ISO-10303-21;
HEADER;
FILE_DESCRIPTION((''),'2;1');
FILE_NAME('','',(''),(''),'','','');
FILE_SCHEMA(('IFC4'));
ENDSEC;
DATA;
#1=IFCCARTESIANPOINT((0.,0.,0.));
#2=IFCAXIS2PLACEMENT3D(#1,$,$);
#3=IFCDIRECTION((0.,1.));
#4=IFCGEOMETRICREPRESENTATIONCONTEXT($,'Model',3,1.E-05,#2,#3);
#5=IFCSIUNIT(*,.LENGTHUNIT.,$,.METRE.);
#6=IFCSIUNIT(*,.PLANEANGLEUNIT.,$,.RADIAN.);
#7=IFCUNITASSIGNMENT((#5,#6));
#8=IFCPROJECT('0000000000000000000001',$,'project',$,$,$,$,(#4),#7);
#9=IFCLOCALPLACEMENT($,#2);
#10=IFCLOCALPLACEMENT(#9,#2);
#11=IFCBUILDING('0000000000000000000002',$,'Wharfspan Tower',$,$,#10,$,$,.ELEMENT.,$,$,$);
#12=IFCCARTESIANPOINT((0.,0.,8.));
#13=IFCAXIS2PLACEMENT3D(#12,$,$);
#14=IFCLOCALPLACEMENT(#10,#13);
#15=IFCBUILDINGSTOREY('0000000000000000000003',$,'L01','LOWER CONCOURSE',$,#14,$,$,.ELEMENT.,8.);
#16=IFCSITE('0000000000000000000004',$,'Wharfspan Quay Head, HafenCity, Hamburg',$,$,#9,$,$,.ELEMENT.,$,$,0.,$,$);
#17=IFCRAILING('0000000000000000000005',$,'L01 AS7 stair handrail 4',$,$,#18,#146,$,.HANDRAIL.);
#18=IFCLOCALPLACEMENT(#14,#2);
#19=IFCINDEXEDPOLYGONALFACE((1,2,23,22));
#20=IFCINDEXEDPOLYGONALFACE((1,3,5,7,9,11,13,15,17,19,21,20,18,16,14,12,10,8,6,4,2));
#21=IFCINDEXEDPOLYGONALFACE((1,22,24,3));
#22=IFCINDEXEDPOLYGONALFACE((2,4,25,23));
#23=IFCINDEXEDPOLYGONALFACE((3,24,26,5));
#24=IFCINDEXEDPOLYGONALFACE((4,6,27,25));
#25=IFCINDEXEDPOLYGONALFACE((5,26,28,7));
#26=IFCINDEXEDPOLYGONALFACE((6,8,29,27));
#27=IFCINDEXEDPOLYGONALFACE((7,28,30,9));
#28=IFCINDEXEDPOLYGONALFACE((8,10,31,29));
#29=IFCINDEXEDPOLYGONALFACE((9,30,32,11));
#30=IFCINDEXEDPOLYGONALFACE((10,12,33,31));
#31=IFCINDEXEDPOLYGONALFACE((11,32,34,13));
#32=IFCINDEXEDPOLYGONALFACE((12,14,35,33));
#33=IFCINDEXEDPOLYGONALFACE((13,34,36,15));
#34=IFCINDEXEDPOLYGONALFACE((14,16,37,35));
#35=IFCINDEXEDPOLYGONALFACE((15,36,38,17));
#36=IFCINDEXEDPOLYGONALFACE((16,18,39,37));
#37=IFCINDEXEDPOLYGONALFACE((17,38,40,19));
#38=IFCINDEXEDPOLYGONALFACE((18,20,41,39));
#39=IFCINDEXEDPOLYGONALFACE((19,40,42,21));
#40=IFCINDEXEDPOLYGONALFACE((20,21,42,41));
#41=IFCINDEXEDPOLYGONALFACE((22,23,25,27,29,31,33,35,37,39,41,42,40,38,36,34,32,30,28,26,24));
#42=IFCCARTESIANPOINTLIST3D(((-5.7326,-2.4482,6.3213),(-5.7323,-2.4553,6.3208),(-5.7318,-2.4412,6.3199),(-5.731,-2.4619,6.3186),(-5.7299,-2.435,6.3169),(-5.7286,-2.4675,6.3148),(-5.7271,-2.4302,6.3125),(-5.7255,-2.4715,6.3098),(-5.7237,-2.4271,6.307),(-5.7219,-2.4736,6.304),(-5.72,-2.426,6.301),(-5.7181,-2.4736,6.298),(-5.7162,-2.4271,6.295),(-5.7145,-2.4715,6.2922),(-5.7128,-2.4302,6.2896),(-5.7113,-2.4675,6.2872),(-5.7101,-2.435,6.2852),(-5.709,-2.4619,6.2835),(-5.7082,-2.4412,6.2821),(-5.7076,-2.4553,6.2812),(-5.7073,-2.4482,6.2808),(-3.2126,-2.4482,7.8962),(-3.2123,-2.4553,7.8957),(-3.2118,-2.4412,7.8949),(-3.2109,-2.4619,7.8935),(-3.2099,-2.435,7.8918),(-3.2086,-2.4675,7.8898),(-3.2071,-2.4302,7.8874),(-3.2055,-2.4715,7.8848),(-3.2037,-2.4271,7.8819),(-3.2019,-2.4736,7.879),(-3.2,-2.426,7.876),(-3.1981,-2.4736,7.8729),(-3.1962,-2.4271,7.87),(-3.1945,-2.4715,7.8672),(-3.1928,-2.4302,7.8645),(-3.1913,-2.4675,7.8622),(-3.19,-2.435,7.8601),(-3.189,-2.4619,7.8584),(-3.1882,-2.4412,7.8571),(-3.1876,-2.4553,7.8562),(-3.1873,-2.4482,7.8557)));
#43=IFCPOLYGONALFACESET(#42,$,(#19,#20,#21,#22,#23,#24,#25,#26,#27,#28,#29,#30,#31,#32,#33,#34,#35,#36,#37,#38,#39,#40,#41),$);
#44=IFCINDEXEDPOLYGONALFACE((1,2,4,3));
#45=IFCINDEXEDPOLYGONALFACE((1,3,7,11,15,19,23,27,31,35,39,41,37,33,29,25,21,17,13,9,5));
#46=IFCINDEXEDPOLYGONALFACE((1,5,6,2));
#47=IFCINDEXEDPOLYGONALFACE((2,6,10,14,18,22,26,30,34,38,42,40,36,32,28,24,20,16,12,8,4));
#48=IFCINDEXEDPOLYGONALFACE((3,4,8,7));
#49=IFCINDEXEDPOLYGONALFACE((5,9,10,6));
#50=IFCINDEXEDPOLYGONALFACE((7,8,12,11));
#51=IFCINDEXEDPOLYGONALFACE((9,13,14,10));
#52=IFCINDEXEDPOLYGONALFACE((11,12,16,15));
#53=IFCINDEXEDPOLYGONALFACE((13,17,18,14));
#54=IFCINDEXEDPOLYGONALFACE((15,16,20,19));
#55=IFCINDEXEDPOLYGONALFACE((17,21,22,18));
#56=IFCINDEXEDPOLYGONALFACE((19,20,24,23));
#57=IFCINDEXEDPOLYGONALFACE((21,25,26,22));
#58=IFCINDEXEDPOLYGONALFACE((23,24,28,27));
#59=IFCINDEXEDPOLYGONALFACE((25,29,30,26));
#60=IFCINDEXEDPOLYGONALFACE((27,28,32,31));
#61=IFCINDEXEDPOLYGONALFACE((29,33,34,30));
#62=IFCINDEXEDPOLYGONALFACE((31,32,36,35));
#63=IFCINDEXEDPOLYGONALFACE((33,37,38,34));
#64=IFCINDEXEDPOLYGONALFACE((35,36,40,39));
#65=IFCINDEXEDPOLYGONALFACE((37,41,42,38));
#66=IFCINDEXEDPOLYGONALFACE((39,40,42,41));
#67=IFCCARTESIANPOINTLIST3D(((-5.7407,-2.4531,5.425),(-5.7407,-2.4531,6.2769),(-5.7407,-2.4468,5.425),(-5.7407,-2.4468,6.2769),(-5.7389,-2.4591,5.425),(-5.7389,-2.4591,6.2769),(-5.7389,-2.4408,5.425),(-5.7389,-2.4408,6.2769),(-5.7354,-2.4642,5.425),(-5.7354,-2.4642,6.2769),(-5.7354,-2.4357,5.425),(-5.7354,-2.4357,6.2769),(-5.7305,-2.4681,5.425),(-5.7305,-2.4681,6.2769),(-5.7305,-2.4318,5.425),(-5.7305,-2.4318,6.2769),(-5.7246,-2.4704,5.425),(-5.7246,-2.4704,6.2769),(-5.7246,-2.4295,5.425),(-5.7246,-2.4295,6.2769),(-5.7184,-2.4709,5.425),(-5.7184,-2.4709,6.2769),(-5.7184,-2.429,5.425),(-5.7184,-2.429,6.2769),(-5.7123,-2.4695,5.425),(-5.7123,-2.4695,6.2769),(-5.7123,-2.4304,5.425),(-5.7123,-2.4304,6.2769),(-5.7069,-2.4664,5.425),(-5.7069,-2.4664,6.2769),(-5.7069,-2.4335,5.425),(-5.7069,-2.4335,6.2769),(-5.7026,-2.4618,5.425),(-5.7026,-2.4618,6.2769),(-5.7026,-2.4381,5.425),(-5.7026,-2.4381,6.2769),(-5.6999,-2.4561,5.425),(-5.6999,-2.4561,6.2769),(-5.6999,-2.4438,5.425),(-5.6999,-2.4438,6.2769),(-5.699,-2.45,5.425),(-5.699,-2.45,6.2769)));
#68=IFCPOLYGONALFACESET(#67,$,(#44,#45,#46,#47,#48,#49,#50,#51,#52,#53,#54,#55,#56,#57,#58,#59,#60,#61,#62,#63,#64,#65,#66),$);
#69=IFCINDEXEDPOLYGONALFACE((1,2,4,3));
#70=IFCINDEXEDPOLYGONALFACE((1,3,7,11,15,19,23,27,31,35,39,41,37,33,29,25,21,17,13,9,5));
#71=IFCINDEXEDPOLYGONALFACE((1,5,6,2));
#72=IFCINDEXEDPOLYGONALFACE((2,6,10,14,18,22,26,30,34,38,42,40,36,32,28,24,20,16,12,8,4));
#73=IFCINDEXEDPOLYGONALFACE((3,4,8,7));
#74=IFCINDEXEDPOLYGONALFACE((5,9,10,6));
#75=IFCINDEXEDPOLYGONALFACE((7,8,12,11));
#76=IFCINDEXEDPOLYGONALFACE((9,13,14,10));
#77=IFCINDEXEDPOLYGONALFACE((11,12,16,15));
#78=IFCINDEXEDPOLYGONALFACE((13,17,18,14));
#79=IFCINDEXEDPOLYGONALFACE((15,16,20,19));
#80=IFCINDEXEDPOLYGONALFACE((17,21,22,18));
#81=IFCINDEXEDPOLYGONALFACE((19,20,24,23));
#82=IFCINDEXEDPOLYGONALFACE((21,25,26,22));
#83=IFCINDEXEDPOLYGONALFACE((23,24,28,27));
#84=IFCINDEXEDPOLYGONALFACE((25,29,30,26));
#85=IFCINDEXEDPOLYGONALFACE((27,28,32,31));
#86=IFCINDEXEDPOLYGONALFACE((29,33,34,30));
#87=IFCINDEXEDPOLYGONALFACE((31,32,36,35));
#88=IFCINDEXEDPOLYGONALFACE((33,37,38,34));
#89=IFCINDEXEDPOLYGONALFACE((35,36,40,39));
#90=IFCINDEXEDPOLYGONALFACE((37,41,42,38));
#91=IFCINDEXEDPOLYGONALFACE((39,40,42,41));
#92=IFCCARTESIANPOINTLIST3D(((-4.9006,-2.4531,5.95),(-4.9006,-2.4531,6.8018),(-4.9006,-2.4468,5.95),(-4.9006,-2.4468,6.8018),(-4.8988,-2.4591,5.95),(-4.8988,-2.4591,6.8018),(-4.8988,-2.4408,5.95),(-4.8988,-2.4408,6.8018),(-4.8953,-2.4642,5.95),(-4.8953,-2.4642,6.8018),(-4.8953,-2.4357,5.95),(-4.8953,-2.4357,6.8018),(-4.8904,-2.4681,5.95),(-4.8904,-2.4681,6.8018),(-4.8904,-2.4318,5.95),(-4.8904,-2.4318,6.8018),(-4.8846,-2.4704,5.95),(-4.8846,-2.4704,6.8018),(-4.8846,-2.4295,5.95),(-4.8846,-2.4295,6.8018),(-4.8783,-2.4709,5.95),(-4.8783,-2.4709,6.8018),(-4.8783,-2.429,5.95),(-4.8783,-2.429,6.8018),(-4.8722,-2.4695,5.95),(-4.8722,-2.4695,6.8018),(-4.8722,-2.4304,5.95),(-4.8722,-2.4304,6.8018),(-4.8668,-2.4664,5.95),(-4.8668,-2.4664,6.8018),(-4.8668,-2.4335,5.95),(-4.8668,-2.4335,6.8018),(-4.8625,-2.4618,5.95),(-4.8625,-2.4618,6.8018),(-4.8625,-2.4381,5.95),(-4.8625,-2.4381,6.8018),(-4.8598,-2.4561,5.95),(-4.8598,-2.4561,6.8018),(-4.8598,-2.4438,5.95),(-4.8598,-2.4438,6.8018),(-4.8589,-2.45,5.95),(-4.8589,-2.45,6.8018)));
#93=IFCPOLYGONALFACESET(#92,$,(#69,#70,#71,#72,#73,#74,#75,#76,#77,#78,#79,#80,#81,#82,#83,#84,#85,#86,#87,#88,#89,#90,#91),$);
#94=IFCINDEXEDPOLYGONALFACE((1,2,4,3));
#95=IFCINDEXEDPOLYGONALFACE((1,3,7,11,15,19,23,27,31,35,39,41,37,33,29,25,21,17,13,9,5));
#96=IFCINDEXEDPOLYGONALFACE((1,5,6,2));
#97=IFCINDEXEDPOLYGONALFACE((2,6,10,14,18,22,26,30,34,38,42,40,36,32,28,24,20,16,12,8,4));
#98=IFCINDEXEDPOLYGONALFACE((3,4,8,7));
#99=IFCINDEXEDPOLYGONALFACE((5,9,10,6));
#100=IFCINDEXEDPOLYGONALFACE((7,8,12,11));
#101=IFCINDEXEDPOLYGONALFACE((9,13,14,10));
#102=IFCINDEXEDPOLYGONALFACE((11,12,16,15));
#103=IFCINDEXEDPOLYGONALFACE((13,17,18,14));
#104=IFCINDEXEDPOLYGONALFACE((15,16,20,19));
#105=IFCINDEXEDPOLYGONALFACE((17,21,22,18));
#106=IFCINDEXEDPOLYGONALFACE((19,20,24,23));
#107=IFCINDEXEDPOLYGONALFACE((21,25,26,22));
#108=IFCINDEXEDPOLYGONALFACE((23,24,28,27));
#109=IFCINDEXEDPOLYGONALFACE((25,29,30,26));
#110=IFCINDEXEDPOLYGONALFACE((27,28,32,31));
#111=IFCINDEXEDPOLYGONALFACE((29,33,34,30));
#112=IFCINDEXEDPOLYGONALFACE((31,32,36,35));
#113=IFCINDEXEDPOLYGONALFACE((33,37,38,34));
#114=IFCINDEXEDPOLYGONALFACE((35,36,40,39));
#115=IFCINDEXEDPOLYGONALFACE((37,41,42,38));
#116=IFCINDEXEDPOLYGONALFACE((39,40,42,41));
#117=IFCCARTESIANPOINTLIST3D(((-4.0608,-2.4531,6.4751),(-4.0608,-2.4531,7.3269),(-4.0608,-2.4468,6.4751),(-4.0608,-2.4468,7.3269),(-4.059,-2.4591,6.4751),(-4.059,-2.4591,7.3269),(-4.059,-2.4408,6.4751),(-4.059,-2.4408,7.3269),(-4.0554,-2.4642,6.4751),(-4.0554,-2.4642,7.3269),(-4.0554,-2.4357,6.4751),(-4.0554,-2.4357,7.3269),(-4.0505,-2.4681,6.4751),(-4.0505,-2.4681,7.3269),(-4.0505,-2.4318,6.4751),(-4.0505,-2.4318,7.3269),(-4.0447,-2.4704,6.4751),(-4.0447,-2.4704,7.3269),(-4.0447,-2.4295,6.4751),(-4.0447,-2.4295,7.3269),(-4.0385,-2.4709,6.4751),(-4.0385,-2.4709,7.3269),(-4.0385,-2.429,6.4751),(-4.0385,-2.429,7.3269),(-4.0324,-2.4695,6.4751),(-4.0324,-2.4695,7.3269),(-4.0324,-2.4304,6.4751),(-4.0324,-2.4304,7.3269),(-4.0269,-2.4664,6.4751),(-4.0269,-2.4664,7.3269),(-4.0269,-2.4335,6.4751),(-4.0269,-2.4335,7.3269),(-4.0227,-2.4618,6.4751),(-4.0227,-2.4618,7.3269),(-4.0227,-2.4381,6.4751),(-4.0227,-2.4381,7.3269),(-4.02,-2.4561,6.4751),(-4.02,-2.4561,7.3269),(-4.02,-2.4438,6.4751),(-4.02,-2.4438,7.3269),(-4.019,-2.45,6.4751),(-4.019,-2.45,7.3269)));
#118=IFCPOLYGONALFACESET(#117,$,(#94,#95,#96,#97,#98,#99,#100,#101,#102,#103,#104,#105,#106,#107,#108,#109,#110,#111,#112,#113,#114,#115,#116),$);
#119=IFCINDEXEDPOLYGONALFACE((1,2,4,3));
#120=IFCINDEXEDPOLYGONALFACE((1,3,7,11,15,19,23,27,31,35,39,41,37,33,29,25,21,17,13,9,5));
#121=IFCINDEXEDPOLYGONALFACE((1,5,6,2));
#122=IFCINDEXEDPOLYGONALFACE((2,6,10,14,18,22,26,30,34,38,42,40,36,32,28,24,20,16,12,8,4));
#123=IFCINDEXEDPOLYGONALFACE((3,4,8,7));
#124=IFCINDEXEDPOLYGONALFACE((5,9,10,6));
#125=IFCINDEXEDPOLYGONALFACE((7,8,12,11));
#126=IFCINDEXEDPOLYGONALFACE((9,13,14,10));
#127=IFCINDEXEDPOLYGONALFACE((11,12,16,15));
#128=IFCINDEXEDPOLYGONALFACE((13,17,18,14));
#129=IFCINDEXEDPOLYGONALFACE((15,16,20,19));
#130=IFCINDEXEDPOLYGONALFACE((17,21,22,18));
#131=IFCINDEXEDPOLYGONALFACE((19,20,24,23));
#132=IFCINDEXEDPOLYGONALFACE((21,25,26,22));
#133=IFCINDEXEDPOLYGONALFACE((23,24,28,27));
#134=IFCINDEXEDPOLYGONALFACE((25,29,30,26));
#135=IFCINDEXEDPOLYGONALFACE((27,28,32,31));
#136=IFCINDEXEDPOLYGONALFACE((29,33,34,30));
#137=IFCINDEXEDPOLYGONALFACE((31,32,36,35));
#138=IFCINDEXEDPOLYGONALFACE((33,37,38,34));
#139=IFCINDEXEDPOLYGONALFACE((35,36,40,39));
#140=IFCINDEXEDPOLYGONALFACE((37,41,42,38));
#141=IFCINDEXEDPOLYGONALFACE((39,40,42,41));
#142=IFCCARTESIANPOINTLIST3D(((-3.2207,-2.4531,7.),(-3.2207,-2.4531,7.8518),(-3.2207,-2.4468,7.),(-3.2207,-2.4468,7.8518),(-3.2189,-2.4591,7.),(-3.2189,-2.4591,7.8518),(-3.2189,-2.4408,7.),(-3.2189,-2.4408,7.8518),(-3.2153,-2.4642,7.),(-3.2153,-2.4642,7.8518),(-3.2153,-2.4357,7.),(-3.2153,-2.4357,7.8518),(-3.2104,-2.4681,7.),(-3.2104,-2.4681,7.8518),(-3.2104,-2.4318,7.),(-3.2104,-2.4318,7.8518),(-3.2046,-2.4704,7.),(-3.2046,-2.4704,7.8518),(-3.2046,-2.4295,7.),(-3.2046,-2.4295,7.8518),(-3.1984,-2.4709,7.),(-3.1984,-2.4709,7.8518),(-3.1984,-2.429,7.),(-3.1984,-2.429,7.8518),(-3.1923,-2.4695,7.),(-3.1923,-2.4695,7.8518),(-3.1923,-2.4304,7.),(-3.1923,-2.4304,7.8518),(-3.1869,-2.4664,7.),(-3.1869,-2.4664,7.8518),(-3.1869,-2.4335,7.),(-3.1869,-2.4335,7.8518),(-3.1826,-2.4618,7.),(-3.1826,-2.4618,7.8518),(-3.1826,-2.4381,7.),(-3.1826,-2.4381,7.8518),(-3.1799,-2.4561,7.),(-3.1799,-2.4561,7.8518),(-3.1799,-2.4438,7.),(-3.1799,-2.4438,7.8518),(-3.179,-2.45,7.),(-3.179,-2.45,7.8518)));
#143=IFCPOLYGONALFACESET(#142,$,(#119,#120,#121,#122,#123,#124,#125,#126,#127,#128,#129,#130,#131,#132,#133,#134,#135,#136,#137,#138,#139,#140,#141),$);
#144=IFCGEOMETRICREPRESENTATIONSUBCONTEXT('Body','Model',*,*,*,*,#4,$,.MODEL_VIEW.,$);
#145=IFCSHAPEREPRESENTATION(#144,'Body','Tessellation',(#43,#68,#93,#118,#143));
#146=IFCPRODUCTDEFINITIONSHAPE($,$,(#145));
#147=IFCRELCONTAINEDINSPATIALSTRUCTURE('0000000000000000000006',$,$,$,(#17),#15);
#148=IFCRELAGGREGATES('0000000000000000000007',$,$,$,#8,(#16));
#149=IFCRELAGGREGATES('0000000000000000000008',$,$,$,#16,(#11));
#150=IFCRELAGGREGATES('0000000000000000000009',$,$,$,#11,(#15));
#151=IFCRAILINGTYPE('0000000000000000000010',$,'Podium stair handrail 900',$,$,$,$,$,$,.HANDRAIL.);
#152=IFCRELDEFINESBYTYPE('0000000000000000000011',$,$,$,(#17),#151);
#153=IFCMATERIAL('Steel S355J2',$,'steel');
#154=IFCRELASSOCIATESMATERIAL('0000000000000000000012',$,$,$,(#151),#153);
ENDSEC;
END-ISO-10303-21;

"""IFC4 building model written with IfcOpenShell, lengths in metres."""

from ifc_helpers import new_model, si_unit, direction, frame, origin, origin_2d, place, context, subcontext, project, spatial, circle, extrude, material, type_object, element, save


model = new_model("IFC4")

# Units and contexts
model_context = context("Model", 3, precision=1e-05, world=origin(), true_north=direction((0.0, 1.0)))
body_context = subcontext(model_context, "Body", "Model", "MODEL_VIEW")
ifc_project = project(units=[si_unit("LENGTHUNIT", "METRE"), si_unit("PLANEANGLEUNIT", "RADIAN")], contexts=[model_context])

# Site, building, storey
site_placement = place(None, origin())
site = spatial("IfcSite", under=ifc_project, at=site_placement, Name="Wharfspan Quay Head, HafenCity, Hamburg", CompositionType="ELEMENT", RefElevation=0.0)
building_placement = place(site_placement, origin())
building = spatial("IfcBuilding", under=site, at=building_placement, Name="Wharfspan Tower", CompositionType="ELEMENT")
storey_placement = place(building_placement, frame((0.0, 0.0, 8.0)))
storey = spatial("IfcBuildingStorey", under=building, at=storey_placement, Name="L01", Description="LOWER CONCOURSE", CompositionType="ELEMENT", Elevation=8.0)

# Railing
ifc_material_1 = material(Name="Steel S355J2", Category="steel")
railing_type_1 = type_object("IfcRailingType", Name="Podium stair handrail 900", PredefinedType="HANDRAIL", material=ifc_material_1)
railing_1_placement = place(storey_placement, frame((-5.72, -2.45, 5.425)))
element("IfcRailing", 1, at=railing_1_placement, inside=storey, type_object=railing_type_1, Name="L01 AS7 stair handrail 4", PredefinedType="HANDRAIL", context=body_context, shape_type="SweptSolid", body=[
    extrude(circle(Radius=0.0239, at=origin_2d()), frame((0.0, 0.0, 0.876), z_axis=(0.848008, 0.0, 0.529984), x_axis=(0.0, 1.0, 0.0)), (0.0, 0.0, 1.0), 2.9717),
    extrude(circle(Radius=0.021, at=origin_2d()), origin(), (0.0, 0.0, 1.0), 0.8518),
    extrude(circle(Radius=0.021, at=origin_2d()), frame((0.8401, 0.0, 0.5249)), (0.0, 0.0, 1.0), 0.8518),
    extrude(circle(Radius=0.021, at=origin_2d()), frame((1.6799, 0.0, 1.05)), (0.0, 0.0, 1.0), 0.8518),
    extrude(circle(Radius=0.021, at=origin_2d()), frame((2.52, 0.0, 1.575)), (0.0, 0.0, 1.0), 0.8518),
])

save(model, "model.ifc")
